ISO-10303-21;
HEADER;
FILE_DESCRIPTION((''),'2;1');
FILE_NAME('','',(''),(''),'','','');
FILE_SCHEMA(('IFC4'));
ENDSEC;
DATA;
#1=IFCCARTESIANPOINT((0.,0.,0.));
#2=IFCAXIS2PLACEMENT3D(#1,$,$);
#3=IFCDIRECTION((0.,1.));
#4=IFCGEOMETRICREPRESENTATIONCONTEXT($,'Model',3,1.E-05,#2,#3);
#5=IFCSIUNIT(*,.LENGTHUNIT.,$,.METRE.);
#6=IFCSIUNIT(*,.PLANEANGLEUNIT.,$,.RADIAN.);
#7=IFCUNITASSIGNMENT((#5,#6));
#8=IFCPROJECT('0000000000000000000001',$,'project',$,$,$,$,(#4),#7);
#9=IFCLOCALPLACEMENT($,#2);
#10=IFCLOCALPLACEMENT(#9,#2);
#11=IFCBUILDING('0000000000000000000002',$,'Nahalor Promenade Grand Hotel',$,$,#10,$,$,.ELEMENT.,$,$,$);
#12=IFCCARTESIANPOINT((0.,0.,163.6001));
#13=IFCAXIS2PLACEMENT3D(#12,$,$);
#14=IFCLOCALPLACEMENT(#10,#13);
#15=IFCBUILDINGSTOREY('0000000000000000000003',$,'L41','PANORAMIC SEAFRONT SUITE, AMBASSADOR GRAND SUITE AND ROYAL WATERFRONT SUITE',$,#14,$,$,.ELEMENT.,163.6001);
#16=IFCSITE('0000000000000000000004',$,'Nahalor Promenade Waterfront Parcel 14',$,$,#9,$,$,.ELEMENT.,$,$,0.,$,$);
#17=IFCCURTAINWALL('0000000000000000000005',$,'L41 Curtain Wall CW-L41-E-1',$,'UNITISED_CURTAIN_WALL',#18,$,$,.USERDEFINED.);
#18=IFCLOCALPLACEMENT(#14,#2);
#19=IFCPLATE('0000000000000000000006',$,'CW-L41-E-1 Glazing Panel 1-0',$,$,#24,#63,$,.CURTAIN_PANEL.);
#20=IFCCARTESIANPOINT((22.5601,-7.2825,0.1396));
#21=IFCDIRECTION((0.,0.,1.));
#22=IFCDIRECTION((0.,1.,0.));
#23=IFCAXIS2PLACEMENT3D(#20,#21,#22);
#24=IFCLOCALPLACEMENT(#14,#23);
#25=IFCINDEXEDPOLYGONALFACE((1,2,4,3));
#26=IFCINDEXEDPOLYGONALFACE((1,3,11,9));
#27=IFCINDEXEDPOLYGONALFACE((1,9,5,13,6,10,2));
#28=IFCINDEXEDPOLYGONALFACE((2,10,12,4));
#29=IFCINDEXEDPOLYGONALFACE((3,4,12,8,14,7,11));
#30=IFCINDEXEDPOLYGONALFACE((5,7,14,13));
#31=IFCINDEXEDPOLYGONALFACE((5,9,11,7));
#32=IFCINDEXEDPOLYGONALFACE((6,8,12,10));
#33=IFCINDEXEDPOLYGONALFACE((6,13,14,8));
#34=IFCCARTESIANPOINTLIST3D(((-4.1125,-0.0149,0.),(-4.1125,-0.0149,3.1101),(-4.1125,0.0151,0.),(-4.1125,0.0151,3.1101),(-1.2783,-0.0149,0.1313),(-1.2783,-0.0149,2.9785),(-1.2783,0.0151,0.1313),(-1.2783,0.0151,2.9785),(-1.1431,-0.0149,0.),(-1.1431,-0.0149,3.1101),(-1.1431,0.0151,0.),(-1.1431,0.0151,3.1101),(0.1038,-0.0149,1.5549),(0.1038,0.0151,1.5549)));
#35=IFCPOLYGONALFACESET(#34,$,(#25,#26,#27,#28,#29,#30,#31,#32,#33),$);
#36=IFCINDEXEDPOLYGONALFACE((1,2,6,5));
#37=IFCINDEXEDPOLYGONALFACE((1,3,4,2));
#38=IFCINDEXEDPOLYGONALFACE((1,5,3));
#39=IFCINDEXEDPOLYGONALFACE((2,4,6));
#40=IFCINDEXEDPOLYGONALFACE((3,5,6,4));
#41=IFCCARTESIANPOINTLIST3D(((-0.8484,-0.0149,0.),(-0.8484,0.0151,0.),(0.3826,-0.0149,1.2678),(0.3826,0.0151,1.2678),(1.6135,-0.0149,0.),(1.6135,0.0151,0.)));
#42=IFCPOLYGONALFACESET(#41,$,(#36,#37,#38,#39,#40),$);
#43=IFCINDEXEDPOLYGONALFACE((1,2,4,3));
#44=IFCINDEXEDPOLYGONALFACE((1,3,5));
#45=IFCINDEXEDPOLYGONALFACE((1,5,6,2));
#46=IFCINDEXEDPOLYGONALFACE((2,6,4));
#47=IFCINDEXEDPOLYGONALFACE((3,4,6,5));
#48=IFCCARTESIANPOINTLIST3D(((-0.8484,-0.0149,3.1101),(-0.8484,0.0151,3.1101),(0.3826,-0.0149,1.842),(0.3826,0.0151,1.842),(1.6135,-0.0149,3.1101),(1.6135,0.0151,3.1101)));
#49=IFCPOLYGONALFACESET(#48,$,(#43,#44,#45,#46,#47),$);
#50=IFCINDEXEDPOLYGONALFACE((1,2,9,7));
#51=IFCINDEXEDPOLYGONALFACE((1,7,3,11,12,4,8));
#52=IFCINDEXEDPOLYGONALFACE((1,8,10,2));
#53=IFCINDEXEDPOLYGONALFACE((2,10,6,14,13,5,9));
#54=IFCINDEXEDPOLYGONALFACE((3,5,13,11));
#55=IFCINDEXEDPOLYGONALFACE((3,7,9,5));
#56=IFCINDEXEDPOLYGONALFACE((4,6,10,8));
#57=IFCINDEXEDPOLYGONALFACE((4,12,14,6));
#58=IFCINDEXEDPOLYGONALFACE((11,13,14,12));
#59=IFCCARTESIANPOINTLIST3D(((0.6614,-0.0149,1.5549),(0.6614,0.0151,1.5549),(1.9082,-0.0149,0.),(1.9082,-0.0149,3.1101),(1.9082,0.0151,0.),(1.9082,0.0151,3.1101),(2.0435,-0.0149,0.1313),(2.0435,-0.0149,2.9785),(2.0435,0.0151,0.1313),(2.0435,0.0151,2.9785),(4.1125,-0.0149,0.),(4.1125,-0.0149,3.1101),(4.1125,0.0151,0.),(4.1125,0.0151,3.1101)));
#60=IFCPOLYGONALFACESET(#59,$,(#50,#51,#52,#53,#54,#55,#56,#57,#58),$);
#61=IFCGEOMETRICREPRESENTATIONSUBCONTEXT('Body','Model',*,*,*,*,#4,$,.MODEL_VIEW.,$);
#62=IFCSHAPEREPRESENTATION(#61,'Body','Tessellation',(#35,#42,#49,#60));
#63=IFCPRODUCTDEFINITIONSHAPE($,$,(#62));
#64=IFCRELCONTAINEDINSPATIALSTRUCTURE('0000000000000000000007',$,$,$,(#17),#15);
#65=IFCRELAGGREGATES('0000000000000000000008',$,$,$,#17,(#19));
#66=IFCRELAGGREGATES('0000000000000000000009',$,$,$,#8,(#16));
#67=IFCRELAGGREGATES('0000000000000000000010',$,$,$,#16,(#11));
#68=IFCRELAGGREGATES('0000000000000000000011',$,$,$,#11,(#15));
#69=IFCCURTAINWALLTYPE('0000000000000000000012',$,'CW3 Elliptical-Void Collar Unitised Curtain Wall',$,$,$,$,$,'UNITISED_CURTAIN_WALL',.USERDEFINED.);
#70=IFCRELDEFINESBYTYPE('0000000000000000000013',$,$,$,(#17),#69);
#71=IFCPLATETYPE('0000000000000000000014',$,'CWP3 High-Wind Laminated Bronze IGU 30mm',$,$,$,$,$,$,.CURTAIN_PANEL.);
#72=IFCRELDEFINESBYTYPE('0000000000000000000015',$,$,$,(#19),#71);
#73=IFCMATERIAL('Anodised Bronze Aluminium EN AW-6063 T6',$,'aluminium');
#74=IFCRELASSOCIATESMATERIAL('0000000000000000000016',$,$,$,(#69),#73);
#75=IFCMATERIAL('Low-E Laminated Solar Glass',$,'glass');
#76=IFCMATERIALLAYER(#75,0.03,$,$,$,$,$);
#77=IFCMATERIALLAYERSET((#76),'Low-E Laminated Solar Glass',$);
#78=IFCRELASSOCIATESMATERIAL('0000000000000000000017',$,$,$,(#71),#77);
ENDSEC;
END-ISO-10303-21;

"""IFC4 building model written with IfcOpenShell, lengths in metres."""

from ifc_helpers import new_model, si_unit, direction, frame, origin, place, context, subcontext, project, spatial, polyline, outline, extrude, material, layer, layer_set, type_object, element, aggregate, save


model = new_model("IFC4")

# Units and contexts
model_context = context("Model", 3, precision=1e-05, world=origin(), true_north=direction((0.0, 1.0)))
body_context = subcontext(model_context, "Body", "Model", "MODEL_VIEW")
ifc_project = project(units=[si_unit("LENGTHUNIT", "METRE"), si_unit("PLANEANGLEUNIT", "RADIAN")], contexts=[model_context])

# Site, building, storey
site_placement = place(None, origin())
site = spatial("IfcSite", under=ifc_project, at=site_placement, Name="Nahalor Promenade Waterfront Parcel 14", CompositionType="ELEMENT", RefElevation=0.0)
building_placement = place(site_placement, origin())
building = spatial("IfcBuilding", under=site, at=building_placement, Name="Nahalor Promenade Grand Hotel", CompositionType="ELEMENT")
storey_placement = place(building_placement, frame((0.0, 0.0, 163.6001)))
storey = spatial("IfcBuildingStorey", under=building, at=storey_placement, Name="L41", Description="PANORAMIC SEAFRONT SUITE, AMBASSADOR GRAND SUITE AND ROYAL WATERFRONT SUITE", CompositionType="ELEMENT", Elevation=163.6001)

# Curtain wall
ifc_material_1 = material(Name="Anodised Bronze Aluminium EN AW-6063 T6", Category="aluminium")
curtain_wall_type = type_object("IfcCurtainWallType", Name="CW3 Elliptical-Void Collar Unitised Curtain Wall", ElementType="UNITISED_CURTAIN_WALL", PredefinedType="USERDEFINED", material=ifc_material_1)
curtain_wall_1_placement = place(storey_placement, origin())
curtain_wall_1 = element("IfcCurtainWall", 1, at=curtain_wall_1_placement, inside=storey, type_object=curtain_wall_type, Name="L41 Curtain Wall CW-L41-E-1", ObjectType="UNITISED_CURTAIN_WALL", PredefinedType="USERDEFINED")

# Plate
ifc_material_2 = material(Name="Low-E Laminated Solar Glass", Category="glass")
ifc_layer_1 = layer(ifc_material_2, 0.03)
ifc_layer_set_1 = layer_set([ifc_layer_1], Name="Low-E Laminated Solar Glass")
plate_type_1 = type_object("IfcPlateType", Name="CWP3 High-Wind Laminated Bronze IGU 30mm", PredefinedType="CURTAIN_PANEL", material=ifc_layer_set_1)
plate_1_placement = place(storey_placement, frame((22.5601, -7.2825, 0.1396), z_axis=(0.0, 0.0, 1.0), x_axis=(0.0, 1.0, 0.0)))
plate_1 = element("IfcPlate", 2, at=plate_1_placement, type_object=plate_type_1, Name="CW-L41-E-1 Glazing Panel 1-0", PredefinedType="CURTAIN_PANEL", context=body_context, shape_type="SweptSolid", body=[
    extrude(outline(polyline([(-4.1125, 3.1101), (-4.1125, 0.0), (-1.1431, 0.0), (-1.2783, 0.1313), (0.1038, 1.5549), (-1.2783, 2.9785), (-1.1431, 3.1101), (-4.1125, 3.1101)])), frame((0.0, 0.0151, 0.0), z_axis=(0.0, -1.0, 0.0), x_axis=(1.0, 0.0, 0.0)), (0.0, 0.0, 1.0), 0.03),
    extrude(outline(polyline([(0.3826, 1.2678), (-0.8484, 0.0), (1.6135, 0.0), (0.3826, 1.2678)])), frame((0.0, 0.0151, 0.0), z_axis=(0.0, -1.0, 0.0), x_axis=(1.0, 0.0, 0.0)), (0.0, 0.0, 1.0), 0.03),
    extrude(outline(polyline([(0.3826, 1.842), (1.6135, 3.1101), (-0.8484, 3.1101), (0.3826, 1.842)])), frame((0.0, 0.0151, 0.0), z_axis=(0.0, -1.0, 0.0), x_axis=(1.0, 0.0, 0.0)), (0.0, 0.0, 1.0), 0.03),
    extrude(outline(polyline([(4.1125, 0.0), (4.1125, 3.1101), (1.9082, 3.1101), (2.0435, 2.9785), (0.6614, 1.5549), (2.0435, 0.1313), (1.9082, 0.0), (4.1125, 0.0)])), frame((0.0, 0.0151, 0.0), z_axis=(0.0, -1.0, 0.0), x_axis=(1.0, 0.0, 0.0)), (0.0, 0.0, 1.0), 0.03),
])
aggregate(curtain_wall_1, [plate_1])

save(model, "model.ifc")
